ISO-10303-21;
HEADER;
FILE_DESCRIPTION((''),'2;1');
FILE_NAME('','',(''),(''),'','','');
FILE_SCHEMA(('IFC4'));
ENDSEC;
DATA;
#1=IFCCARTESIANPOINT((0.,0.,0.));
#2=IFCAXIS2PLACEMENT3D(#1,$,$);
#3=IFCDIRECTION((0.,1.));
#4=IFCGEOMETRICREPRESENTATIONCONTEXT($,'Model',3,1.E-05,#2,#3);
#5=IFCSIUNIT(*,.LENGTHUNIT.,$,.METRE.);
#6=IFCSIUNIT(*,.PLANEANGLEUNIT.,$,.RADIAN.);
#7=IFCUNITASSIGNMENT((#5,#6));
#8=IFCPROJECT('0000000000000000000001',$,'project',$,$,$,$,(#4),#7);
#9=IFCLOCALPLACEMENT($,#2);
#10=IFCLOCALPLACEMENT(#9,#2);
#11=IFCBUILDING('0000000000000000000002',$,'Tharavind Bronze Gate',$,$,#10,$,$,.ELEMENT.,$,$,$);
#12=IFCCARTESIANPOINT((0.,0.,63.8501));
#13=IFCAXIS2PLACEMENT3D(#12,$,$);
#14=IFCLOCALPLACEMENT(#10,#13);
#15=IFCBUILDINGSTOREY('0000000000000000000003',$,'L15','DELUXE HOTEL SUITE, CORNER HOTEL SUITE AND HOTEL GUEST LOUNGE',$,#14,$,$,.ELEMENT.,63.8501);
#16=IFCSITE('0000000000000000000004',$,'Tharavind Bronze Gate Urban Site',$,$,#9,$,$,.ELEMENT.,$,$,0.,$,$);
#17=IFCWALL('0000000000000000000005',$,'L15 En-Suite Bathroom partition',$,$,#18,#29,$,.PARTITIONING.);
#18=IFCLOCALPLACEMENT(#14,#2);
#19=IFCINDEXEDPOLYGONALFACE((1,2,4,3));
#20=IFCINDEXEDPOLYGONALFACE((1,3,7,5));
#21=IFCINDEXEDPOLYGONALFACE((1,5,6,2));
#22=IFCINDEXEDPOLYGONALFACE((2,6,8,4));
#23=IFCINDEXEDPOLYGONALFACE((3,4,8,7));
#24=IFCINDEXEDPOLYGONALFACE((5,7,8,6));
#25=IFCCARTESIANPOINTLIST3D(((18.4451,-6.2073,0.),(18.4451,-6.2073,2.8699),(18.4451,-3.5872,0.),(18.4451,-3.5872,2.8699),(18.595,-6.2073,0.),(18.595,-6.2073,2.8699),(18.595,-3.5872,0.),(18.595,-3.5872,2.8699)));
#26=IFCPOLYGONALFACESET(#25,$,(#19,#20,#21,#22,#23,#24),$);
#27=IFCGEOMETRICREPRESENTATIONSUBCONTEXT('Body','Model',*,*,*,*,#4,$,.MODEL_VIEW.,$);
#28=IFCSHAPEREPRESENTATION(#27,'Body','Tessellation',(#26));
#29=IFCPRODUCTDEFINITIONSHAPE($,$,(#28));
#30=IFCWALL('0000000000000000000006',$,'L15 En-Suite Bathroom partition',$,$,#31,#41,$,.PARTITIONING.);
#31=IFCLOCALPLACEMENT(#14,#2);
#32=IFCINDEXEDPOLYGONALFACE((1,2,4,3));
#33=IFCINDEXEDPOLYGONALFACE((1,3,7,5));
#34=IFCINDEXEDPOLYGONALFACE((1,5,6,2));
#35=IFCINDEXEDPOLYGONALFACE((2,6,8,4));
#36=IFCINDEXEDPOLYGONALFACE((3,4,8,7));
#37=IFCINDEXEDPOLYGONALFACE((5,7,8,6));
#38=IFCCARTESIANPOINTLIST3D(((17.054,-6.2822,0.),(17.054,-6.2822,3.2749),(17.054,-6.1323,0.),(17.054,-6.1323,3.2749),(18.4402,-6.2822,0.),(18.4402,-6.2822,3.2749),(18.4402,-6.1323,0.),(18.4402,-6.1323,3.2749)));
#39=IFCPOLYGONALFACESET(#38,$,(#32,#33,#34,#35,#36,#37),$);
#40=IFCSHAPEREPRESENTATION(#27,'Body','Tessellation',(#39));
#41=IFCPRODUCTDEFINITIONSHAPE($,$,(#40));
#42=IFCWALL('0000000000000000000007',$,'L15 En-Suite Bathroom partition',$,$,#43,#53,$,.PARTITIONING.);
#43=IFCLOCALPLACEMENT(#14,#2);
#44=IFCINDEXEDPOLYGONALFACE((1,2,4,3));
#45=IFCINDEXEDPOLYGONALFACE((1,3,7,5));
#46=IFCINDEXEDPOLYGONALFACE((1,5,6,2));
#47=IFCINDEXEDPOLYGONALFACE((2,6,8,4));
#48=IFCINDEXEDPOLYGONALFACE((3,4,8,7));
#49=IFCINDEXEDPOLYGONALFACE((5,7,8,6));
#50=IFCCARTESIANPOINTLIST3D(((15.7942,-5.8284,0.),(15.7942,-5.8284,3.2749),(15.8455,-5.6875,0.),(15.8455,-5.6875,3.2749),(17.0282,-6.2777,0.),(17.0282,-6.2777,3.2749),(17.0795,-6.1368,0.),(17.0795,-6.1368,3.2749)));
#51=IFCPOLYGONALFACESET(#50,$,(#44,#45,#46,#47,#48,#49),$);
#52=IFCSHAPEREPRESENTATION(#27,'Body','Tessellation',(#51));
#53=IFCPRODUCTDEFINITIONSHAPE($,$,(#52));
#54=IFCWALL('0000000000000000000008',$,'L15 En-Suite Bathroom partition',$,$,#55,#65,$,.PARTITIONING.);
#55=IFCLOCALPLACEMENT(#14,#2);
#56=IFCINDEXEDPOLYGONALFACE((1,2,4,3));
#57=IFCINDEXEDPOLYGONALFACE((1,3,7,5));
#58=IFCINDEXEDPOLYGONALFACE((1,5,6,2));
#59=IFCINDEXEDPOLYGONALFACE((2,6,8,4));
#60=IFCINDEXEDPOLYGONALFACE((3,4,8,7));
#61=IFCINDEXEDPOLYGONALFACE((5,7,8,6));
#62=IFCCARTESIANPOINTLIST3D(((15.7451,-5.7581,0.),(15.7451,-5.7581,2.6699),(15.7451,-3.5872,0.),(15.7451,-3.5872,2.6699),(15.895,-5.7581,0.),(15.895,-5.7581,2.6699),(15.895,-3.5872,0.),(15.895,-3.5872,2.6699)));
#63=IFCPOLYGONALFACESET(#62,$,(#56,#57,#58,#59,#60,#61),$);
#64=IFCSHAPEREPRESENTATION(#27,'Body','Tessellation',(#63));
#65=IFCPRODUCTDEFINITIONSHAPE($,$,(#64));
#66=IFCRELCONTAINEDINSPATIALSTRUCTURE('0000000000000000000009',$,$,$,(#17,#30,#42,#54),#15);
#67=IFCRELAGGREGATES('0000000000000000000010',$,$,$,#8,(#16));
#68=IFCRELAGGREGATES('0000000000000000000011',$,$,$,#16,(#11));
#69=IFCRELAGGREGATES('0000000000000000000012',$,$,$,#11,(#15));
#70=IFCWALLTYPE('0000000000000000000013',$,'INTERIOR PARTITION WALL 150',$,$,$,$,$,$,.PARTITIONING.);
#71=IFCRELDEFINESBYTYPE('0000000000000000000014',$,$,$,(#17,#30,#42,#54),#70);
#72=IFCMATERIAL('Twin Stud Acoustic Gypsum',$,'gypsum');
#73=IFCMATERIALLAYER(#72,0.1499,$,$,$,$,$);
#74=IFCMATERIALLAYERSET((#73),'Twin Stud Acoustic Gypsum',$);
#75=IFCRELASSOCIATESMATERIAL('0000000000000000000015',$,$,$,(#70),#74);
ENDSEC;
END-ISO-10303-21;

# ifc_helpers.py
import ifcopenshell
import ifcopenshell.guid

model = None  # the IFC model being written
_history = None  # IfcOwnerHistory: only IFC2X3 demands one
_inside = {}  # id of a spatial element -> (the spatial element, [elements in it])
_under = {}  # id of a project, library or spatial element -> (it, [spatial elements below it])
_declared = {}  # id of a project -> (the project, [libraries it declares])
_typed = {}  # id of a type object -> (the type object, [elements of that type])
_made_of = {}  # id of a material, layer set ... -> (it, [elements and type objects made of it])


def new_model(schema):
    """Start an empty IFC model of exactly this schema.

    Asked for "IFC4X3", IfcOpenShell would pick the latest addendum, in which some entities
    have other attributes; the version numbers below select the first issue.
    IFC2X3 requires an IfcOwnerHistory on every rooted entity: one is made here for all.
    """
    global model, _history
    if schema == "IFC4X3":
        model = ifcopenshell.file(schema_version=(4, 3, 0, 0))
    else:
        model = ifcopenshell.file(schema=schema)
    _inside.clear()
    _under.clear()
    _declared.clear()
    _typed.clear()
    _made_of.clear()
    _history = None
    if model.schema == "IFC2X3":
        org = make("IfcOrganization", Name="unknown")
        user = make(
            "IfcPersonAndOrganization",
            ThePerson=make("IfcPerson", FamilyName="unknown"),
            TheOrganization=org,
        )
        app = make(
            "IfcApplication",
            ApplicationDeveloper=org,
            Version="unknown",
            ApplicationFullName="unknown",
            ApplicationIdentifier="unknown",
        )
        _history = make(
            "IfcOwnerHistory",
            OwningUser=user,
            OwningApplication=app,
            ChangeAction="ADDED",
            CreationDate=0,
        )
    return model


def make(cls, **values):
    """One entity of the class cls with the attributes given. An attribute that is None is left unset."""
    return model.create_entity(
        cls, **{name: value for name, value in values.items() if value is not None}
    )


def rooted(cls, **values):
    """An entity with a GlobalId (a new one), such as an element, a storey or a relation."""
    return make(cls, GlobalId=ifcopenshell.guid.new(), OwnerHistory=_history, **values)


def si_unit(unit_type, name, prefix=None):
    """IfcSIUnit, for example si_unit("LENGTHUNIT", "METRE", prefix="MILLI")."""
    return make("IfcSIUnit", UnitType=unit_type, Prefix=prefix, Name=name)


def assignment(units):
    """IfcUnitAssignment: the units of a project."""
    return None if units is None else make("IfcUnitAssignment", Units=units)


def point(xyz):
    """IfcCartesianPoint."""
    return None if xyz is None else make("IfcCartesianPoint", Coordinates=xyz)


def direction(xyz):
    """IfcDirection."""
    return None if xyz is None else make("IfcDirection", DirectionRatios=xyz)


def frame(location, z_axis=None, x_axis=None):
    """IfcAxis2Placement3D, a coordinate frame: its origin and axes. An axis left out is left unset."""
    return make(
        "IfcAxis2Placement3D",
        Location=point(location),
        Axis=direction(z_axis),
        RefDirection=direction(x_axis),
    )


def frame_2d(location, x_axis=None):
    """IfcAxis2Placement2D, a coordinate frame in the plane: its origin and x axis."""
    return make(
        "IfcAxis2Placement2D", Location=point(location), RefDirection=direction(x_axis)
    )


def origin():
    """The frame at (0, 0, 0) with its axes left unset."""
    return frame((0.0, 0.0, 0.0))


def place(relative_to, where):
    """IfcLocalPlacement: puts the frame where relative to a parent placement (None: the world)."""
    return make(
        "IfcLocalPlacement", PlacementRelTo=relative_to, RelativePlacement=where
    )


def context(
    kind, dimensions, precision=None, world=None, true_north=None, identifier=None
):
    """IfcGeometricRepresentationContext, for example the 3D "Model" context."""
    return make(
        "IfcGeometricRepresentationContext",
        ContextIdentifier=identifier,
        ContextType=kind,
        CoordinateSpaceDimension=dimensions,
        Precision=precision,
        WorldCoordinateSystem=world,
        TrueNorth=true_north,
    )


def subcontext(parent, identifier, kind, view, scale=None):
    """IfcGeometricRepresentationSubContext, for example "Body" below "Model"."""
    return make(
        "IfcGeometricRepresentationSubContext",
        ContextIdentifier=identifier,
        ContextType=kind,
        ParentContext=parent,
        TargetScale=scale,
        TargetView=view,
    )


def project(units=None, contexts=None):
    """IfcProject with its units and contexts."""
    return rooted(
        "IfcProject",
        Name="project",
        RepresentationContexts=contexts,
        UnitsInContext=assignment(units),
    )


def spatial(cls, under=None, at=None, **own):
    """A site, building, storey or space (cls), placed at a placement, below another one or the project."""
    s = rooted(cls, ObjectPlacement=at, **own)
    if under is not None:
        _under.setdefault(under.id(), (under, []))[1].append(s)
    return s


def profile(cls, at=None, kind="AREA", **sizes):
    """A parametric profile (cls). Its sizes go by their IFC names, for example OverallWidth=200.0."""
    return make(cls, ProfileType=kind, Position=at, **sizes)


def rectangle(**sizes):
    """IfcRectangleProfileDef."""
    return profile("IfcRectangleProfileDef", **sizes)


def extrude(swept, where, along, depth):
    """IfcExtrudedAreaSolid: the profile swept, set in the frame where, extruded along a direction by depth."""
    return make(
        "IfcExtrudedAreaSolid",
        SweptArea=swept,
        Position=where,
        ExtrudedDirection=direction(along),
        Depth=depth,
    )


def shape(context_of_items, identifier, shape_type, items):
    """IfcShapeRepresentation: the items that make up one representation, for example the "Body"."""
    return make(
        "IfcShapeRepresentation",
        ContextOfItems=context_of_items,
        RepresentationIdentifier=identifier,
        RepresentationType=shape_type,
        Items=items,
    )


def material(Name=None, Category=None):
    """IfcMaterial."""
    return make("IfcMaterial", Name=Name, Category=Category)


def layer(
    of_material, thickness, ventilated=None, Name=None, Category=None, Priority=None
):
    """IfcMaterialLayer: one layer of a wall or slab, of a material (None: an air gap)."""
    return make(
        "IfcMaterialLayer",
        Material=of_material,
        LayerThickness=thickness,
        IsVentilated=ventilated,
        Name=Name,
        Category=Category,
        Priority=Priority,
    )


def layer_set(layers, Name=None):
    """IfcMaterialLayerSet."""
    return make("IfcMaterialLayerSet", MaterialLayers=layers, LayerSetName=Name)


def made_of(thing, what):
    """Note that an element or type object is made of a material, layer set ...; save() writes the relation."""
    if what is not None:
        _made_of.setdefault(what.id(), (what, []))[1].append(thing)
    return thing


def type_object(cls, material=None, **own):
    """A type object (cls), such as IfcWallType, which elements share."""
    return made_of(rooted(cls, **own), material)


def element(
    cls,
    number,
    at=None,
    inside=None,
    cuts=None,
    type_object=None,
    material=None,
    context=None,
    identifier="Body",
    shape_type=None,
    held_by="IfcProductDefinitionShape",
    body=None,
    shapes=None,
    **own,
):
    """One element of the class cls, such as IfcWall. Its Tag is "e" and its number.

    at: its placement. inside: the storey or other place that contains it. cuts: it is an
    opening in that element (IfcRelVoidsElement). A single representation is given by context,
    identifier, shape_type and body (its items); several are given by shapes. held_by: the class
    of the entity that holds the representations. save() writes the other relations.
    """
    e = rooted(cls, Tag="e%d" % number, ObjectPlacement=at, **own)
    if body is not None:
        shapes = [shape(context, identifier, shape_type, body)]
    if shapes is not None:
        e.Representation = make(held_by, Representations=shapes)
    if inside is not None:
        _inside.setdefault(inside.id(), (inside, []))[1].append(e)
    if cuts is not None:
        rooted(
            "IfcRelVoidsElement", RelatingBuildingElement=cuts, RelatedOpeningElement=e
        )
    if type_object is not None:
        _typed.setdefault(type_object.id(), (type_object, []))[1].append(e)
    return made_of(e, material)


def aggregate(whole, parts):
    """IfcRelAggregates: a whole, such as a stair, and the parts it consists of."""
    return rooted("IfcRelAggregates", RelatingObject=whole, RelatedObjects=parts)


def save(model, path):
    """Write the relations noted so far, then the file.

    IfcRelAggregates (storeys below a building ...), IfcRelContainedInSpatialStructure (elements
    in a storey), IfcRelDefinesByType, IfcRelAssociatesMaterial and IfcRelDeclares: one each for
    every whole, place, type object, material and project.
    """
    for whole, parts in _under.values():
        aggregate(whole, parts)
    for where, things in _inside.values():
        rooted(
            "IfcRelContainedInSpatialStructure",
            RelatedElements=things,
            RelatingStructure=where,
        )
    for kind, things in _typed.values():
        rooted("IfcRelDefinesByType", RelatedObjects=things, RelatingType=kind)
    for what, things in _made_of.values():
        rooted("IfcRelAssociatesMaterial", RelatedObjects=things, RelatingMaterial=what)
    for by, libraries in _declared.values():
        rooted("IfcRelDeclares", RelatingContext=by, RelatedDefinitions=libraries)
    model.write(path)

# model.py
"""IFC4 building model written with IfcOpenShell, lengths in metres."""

from ifc_helpers import new_model, si_unit, direction, frame, frame_2d, origin, place, context, subcontext, project, spatial, rectangle, extrude, material, layer, layer_set, type_object, element, save


model = new_model("IFC4")

# Units and contexts
model_context = context("Model", 3, precision=1e-05, world=origin(), true_north=direction((0.0, 1.0)))
body_context = subcontext(model_context, "Body", "Model", "MODEL_VIEW")
ifc_project = project(units=[si_unit("LENGTHUNIT", "METRE"), si_unit("PLANEANGLEUNIT", "RADIAN")], contexts=[model_context])

# Site, building, storey
site_placement = place(None, origin())
site = spatial("IfcSite", under=ifc_project, at=site_placement, Name="Tharavind Bronze Gate Urban Site", CompositionType="ELEMENT", RefElevation=0.0)
building_placement = place(site_placement, origin())
building = spatial("IfcBuilding", under=site, at=building_placement, Name="Tharavind Bronze Gate", CompositionType="ELEMENT")
storey_placement = place(building_placement, frame((0.0, 0.0, 63.8501)))
storey = spatial("IfcBuildingStorey", under=building, at=storey_placement, Name="L15", Description="DELUXE HOTEL SUITE, CORNER HOTEL SUITE AND HOTEL GUEST LOUNGE", CompositionType="ELEMENT", Elevation=63.8501)

# Shared definitions
ifc_material_1 = material(Name="Twin Stud Acoustic Gypsum", Category="gypsum")
ifc_layer_1 = layer(ifc_material_1, 0.1499)
ifc_layer_set_1 = layer_set([ifc_layer_1], Name="Twin Stud Acoustic Gypsum")
wall_type_1 = type_object("IfcWallType", Name="INTERIOR PARTITION WALL 150", PredefinedType="PARTITIONING", material=ifc_layer_set_1)

# Walls
wall_1_placement = place(storey_placement, frame((18.52, -3.5872, 0.0), z_axis=(0.0, 0.0, 1.0), x_axis=(0.0, -1.0, 0.0)))
element("IfcWall", 1, at=wall_1_placement, inside=storey, type_object=wall_type_1, Name="L15 En-Suite Bathroom partition", PredefinedType="PARTITIONING", context=body_context, shape_type="SweptSolid", body=[
    extrude(rectangle(XDim=2.6201, YDim=0.1499, at=frame_2d((1.3101, 0.0))), origin(), (0.0, 0.0, 1.0), 2.8699),
])
wall_2_placement = place(storey_placement, frame((18.4402, -6.2073, 0.0), z_axis=(0.0, 0.0, 1.0), x_axis=(-1.0, 0.0, 0.0)))
element("IfcWall", 2, at=wall_2_placement, inside=storey, type_object=wall_type_1, Name="L15 En-Suite Bathroom partition", PredefinedType="PARTITIONING", context=body_context, shape_type="SweptSolid", body=[
    extrude(rectangle(XDim=1.3862, YDim=0.1499, at=frame_2d((0.6931, 0.0))), origin(), (0.0, 0.0, 1.0), 3.2749),
])
wall_3_placement = place(storey_placement, frame((17.054, -6.2073, 0.0), z_axis=(0.0, 0.0, 1.0), x_axis=(-0.939663, 0.342101, 0.0)))
element("IfcWall", 3, at=wall_3_placement, inside=storey, type_object=wall_type_1, Name="L15 En-Suite Bathroom partition", PredefinedType="PARTITIONING", context=body_context, shape_type="SweptSolid", body=[
    extrude(rectangle(XDim=1.3132, YDim=0.1499, at=frame_2d((0.6567, 0.0))), origin(), (0.0, 0.0, 1.0), 3.2749),
])
wall_4_placement = place(storey_placement, frame((15.8201, -5.7581, 0.0), z_axis=(0.0, 0.0, 1.0), x_axis=(0.0, 1.0, 0.0)))
element("IfcWall", 4, at=wall_4_placement, inside=storey, type_object=wall_type_1, Name="L15 En-Suite Bathroom partition", PredefinedType="PARTITIONING", context=body_context, shape_type="SweptSolid", body=[
    extrude(rectangle(XDim=2.1709, YDim=0.1499, at=frame_2d((1.0854, 0.0))), origin(), (0.0, 0.0, 1.0), 2.6699),
])

save(model, "model.ifc")
